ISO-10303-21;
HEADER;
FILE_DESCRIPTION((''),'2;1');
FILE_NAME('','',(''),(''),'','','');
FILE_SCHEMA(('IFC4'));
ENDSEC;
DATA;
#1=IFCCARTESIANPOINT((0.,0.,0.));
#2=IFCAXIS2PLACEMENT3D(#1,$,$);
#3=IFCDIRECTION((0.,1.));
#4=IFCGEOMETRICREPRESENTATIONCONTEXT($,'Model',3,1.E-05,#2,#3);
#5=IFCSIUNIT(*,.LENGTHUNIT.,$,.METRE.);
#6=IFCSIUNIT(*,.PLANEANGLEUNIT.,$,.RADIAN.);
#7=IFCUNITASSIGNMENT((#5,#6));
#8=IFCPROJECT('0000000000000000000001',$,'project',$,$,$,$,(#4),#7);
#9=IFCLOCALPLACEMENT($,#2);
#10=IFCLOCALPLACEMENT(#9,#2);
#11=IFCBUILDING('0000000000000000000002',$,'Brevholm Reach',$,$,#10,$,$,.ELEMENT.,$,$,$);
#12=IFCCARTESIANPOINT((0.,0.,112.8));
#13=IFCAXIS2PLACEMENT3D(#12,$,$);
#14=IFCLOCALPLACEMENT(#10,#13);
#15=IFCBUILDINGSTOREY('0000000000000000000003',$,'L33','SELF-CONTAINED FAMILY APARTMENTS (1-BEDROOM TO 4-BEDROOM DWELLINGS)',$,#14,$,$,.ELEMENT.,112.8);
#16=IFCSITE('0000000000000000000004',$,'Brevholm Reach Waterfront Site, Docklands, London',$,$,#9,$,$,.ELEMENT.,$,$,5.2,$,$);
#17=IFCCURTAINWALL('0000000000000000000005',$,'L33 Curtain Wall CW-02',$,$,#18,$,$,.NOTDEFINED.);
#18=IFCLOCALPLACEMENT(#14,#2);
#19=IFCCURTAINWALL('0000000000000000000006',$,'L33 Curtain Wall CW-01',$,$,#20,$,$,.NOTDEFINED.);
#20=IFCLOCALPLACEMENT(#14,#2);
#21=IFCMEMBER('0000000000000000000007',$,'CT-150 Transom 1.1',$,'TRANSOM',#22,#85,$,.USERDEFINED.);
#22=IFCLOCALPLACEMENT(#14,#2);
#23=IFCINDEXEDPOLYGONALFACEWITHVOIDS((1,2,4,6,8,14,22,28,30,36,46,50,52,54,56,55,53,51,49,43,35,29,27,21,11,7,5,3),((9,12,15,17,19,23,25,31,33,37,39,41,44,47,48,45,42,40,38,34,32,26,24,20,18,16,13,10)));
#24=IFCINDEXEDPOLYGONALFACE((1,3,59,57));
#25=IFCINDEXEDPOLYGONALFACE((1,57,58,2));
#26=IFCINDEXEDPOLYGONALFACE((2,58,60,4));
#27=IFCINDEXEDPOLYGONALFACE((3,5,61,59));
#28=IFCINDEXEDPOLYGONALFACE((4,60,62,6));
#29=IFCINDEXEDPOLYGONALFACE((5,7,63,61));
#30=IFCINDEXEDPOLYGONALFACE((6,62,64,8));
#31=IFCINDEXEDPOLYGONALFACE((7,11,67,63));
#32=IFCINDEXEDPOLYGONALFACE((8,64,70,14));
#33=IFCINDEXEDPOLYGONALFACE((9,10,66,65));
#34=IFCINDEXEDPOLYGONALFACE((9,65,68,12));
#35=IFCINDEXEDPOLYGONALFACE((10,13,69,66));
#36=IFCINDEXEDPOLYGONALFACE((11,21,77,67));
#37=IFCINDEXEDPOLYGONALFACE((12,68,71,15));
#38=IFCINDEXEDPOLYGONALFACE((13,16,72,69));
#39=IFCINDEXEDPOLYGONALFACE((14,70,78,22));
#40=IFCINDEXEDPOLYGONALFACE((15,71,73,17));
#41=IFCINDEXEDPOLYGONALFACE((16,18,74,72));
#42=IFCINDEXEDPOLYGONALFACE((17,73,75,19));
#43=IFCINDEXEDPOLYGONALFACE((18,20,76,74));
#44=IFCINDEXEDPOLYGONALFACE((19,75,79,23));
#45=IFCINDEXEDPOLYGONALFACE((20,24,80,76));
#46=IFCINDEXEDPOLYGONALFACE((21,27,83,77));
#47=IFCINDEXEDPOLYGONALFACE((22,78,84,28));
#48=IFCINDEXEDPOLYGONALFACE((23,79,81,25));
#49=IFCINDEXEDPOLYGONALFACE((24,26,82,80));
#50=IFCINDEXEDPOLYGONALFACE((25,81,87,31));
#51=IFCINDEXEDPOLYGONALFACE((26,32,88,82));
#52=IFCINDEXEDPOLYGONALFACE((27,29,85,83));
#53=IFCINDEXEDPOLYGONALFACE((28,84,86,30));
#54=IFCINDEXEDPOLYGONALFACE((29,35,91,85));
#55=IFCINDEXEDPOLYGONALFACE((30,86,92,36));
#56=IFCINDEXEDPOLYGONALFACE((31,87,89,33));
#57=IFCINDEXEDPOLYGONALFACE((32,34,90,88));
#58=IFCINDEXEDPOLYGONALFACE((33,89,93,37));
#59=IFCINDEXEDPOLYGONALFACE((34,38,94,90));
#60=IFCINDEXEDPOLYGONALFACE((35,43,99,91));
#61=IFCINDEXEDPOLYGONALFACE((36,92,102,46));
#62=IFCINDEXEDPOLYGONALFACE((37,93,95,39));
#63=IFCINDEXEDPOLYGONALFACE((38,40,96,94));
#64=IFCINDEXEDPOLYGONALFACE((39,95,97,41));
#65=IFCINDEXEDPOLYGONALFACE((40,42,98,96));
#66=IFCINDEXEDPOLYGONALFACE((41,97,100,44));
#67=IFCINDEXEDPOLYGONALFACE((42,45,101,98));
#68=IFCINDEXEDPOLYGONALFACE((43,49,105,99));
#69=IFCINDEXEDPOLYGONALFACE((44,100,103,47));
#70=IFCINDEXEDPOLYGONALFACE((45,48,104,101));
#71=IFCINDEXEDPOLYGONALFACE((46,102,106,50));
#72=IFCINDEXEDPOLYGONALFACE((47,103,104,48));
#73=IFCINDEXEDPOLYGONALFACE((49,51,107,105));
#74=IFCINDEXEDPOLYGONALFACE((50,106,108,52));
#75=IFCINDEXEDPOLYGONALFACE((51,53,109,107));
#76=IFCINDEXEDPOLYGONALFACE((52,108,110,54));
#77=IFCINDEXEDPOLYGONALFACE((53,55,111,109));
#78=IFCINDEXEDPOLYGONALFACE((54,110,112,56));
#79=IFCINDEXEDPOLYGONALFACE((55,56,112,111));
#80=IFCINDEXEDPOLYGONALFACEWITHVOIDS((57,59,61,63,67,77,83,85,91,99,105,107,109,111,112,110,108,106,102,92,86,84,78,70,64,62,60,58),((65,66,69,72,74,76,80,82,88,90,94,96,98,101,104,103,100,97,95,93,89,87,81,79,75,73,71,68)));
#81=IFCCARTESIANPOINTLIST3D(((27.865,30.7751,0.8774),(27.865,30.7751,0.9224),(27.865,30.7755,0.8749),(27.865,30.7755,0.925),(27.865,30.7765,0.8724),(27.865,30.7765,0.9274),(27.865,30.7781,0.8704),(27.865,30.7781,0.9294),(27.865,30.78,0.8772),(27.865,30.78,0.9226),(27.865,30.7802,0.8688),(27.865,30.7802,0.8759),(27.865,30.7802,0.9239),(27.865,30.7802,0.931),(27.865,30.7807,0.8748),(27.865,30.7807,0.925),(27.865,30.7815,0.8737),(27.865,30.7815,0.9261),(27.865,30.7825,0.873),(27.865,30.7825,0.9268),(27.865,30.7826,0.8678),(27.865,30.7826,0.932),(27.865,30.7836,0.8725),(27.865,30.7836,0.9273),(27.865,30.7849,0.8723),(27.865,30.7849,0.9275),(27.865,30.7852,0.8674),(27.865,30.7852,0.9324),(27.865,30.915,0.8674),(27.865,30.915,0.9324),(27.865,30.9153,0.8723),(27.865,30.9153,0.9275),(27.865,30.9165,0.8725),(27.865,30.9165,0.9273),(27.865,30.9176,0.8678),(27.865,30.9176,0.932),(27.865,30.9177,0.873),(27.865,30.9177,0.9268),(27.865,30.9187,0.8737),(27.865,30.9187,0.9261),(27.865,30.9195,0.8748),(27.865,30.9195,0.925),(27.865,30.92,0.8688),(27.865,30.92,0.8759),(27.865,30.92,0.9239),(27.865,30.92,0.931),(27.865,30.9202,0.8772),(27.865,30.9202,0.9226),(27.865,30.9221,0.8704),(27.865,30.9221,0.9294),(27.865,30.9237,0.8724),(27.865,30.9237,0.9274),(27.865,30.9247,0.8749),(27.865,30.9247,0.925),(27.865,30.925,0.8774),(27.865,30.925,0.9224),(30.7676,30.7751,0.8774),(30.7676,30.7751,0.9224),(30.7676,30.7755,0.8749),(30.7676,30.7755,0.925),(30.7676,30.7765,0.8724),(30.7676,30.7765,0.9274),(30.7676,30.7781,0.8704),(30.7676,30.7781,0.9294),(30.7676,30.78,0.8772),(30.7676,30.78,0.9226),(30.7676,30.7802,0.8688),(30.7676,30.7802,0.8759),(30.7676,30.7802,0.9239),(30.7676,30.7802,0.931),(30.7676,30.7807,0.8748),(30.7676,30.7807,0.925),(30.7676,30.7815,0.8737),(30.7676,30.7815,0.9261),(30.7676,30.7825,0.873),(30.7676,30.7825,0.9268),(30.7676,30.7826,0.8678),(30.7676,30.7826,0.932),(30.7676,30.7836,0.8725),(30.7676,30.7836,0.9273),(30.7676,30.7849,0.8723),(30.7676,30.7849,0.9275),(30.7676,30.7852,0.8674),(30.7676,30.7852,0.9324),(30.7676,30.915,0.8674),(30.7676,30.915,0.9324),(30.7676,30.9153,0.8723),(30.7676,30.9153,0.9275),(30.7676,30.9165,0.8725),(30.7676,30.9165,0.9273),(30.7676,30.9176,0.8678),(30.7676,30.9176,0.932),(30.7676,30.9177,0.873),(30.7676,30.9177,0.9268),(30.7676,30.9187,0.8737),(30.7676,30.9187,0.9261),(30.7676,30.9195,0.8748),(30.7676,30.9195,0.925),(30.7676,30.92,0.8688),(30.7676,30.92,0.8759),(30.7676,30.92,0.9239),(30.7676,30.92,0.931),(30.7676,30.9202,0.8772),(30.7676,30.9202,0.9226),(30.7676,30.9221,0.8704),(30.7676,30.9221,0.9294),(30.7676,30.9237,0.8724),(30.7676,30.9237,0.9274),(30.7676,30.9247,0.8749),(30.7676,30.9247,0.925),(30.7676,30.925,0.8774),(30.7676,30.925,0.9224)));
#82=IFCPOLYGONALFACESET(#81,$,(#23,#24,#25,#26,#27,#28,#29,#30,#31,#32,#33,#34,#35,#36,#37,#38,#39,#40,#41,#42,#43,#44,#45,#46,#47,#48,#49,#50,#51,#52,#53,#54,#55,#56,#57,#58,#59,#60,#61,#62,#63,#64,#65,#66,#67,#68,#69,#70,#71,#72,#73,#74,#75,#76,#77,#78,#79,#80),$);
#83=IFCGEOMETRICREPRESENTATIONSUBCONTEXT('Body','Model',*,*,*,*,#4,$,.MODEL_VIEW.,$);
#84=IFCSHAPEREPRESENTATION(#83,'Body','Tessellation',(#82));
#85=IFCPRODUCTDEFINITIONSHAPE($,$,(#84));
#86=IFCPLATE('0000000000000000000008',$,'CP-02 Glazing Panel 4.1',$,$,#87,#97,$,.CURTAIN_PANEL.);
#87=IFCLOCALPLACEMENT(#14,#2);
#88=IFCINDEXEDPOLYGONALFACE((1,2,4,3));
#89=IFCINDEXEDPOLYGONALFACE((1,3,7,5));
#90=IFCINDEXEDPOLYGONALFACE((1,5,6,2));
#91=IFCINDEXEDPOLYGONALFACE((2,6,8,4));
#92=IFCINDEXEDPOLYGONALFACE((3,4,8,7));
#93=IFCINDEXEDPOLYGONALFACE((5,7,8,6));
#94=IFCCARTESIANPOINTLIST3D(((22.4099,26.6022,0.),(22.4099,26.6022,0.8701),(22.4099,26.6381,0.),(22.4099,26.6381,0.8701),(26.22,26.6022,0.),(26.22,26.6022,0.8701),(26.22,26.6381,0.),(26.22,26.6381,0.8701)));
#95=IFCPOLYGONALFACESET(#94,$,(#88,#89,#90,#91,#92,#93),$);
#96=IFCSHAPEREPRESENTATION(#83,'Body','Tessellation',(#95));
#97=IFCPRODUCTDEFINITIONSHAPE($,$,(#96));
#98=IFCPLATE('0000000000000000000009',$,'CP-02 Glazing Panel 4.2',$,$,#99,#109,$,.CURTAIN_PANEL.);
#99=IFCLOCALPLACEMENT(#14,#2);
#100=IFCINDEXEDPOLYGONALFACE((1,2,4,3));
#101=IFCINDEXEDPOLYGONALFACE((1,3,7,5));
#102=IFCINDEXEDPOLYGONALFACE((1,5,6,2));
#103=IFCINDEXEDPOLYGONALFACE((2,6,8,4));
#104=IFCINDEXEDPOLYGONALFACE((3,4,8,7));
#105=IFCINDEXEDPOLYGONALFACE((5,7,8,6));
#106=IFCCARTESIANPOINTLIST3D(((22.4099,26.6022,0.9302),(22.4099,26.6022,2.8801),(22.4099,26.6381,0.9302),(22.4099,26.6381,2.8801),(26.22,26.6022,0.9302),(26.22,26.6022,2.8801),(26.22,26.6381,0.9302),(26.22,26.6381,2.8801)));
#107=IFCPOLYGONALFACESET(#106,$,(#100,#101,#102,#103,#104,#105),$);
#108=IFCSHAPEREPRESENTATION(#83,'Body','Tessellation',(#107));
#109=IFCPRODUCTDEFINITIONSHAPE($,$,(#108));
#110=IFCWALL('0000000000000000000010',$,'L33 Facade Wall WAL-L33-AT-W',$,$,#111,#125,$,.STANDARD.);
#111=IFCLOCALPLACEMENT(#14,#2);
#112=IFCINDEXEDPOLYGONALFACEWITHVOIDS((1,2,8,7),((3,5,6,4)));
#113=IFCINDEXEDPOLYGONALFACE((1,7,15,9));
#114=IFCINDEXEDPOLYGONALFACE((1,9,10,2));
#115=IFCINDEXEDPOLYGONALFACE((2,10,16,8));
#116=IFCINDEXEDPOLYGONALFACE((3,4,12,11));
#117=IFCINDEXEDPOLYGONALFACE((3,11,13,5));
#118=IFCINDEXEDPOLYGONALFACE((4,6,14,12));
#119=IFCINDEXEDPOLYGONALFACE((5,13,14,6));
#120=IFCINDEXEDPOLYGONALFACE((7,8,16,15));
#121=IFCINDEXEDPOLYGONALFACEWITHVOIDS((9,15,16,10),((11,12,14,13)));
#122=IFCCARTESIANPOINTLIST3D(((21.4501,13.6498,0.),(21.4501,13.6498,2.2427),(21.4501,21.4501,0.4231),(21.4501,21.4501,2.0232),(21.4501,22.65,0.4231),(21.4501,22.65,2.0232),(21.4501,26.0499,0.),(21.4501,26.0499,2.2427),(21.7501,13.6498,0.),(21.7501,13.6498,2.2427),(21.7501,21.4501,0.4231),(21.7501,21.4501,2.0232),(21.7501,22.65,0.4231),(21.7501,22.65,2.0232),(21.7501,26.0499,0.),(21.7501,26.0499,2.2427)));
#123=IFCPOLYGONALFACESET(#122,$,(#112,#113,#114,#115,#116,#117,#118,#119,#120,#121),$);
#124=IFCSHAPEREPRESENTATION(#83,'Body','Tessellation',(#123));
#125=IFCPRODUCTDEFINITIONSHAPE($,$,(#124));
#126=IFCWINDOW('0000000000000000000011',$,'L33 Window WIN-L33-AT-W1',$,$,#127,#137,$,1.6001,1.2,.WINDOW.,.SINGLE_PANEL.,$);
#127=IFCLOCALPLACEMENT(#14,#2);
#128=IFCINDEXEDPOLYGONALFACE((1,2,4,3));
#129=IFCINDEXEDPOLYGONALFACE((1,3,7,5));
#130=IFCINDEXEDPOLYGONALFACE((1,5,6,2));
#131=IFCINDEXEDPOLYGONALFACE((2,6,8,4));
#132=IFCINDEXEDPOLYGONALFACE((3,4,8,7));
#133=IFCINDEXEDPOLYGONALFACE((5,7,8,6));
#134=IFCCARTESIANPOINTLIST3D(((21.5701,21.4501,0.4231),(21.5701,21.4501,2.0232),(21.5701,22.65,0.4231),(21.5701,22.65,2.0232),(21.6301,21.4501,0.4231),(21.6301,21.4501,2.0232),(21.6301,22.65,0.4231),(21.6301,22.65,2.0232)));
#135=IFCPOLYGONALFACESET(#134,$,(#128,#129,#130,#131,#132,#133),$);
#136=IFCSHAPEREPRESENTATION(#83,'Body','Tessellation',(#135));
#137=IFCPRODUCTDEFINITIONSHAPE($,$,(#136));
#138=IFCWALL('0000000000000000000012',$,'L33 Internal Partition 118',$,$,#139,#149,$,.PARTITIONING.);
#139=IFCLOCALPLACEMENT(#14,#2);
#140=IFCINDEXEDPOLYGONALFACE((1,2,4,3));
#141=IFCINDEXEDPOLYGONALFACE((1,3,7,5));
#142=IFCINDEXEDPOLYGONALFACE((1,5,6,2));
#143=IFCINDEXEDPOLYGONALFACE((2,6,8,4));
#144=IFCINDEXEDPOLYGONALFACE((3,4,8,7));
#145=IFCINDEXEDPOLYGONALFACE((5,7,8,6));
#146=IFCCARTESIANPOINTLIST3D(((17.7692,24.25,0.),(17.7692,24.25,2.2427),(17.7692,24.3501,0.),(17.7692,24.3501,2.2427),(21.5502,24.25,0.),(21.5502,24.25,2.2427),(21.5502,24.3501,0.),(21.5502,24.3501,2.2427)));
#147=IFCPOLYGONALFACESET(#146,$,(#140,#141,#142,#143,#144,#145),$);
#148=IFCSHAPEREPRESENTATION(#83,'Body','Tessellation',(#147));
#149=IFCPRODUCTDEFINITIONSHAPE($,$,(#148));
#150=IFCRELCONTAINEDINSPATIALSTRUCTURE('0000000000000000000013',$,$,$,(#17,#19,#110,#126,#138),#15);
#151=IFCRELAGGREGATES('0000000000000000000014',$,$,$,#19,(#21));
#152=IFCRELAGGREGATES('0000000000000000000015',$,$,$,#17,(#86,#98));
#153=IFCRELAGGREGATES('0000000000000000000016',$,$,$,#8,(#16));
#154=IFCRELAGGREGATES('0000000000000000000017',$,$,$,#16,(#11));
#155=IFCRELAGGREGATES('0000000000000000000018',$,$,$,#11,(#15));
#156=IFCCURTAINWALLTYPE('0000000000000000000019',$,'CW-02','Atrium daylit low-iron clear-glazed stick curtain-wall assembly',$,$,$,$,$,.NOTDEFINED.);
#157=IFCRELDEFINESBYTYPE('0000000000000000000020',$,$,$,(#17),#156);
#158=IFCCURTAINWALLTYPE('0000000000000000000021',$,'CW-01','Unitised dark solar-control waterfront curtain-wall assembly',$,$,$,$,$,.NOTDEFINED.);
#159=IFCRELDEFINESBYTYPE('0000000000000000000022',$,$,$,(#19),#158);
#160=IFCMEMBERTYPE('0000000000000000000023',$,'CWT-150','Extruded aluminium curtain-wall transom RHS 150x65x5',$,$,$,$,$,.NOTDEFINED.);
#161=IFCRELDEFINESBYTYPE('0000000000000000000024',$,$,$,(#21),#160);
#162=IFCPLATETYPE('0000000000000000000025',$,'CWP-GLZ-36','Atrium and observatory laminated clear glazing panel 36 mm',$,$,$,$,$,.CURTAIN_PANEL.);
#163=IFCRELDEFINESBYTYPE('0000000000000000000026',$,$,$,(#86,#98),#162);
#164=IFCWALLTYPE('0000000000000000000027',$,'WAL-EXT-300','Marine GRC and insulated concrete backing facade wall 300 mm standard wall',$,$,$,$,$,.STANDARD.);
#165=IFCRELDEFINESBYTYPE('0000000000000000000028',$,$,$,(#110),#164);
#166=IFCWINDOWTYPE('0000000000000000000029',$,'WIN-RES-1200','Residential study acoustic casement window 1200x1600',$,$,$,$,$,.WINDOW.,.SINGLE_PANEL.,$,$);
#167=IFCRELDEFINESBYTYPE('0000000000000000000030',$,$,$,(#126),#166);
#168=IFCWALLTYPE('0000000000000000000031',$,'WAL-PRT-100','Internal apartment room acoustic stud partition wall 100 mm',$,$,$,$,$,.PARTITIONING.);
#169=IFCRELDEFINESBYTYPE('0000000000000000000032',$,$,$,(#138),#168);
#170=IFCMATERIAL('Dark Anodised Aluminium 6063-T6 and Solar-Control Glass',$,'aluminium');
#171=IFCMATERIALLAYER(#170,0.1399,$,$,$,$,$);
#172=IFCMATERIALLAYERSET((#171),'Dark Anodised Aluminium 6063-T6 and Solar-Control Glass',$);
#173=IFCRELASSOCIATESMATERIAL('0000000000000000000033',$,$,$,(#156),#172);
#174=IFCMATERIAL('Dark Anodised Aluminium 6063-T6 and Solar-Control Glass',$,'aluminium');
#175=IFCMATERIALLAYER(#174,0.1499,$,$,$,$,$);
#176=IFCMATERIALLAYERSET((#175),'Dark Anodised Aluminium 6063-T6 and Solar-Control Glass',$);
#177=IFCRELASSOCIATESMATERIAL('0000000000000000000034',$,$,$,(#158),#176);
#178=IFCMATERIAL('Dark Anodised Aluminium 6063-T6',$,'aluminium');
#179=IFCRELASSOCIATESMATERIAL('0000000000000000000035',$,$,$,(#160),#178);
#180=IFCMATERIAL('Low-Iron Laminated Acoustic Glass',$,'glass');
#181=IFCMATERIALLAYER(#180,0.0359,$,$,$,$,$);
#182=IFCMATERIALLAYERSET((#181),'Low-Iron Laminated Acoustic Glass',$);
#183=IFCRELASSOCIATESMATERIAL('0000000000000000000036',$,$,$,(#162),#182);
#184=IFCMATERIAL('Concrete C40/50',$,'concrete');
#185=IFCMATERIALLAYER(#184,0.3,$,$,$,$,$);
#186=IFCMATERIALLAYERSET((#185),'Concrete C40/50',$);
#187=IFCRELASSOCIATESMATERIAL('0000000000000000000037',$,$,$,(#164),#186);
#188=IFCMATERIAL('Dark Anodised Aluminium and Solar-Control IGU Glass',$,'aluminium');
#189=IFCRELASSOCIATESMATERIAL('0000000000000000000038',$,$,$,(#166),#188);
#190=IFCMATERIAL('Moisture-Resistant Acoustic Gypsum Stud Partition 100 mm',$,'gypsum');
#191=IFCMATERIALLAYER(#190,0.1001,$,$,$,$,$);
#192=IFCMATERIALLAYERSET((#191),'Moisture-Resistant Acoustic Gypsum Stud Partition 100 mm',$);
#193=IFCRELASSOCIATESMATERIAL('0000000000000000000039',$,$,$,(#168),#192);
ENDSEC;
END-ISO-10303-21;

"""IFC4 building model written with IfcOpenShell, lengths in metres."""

from ifc_helpers import new_model, si_unit, direction, frame, frame_2d, origin, origin_2d, place, context, subcontext, project, spatial, rectangle, hollow_rectangle, extrude, material, layer, layer_set, material_profile, profile_set, type_object, element, fill, aggregate, save


model = new_model("IFC4")

# Units and contexts
model_context = context("Model", 3, precision=1e-05, world=origin(), true_north=direction((0.0, 1.0)))
body_context = subcontext(model_context, "Body", "Model", "MODEL_VIEW")
ifc_project = project(units=[si_unit("LENGTHUNIT", "METRE"), si_unit("PLANEANGLEUNIT", "RADIAN")], contexts=[model_context])

# Site, building, storey
site_placement = place(None, origin())
site = spatial("IfcSite", under=ifc_project, at=site_placement, Name="Brevholm Reach Waterfront Site, Docklands, London", CompositionType="ELEMENT", RefElevation=5.2)
building_placement = place(site_placement, origin())
building = spatial("IfcBuilding", under=site, at=building_placement, Name="Brevholm Reach", CompositionType="ELEMENT")
storey_placement = place(building_placement, frame((0.0, 0.0, 112.8)))
storey = spatial("IfcBuildingStorey", under=building, at=storey_placement, Name="L33", Description="SELF-CONTAINED FAMILY APARTMENTS (1-BEDROOM TO 4-BEDROOM DWELLINGS)", CompositionType="ELEMENT", Elevation=112.8)

# Curtain wall
ifc_material_1 = material(Name="Dark Anodised Aluminium 6063-T6 and Solar-Control Glass", Category="aluminium")
ifc_layer_1 = layer(ifc_material_1, 0.1399)
ifc_layer_set_1 = layer_set([ifc_layer_1], Name="Dark Anodised Aluminium 6063-T6 and Solar-Control Glass")
curtain_wall_type_1 = type_object("IfcCurtainWallType", Name="CW-02", Description="Atrium daylit low-iron clear-glazed stick curtain-wall assembly", PredefinedType="NOTDEFINED", material=ifc_layer_set_1)
curtain_wall_1_placement = place(storey_placement, origin())
curtain_wall_1 = element("IfcCurtainWall", 1, at=curtain_wall_1_placement, inside=storey, type_object=curtain_wall_type_1, Name="L33 Curtain Wall CW-02", PredefinedType="NOTDEFINED")

# Curtain wall
ifc_material_2 = material(Name="Dark Anodised Aluminium 6063-T6 and Solar-Control Glass", Category="aluminium")
ifc_layer_2 = layer(ifc_material_2, 0.1499)
ifc_layer_set_2 = layer_set([ifc_layer_2], Name="Dark Anodised Aluminium 6063-T6 and Solar-Control Glass")
curtain_wall_type_2 = type_object("IfcCurtainWallType", Name="CW-01", Description="Unitised dark solar-control waterfront curtain-wall assembly", PredefinedType="NOTDEFINED", material=ifc_layer_set_2)
curtain_wall_2_placement = place(storey_placement, origin())
curtain_wall_2 = element("IfcCurtainWall", 2, at=curtain_wall_2_placement, inside=storey, type_object=curtain_wall_type_2, Name="L33 Curtain Wall CW-01", PredefinedType="NOTDEFINED")

# Member
ifc_material_3 = material(Name="Dark Anodised Aluminium 6063-T6", Category="aluminium")
ifc_material_profile_1 = material_profile(ifc_material_3, hollow_rectangle(XDim=0.0649, YDim=0.1499, WallThickness=0.0049, InnerFilletRadius=0.0049, OuterFilletRadius=0.01, at=origin_2d()), Name="RHS 150x65x5")
ifc_profile_set_1 = profile_set([ifc_material_profile_1], Name="Dark Anodised Aluminium 6063-T6")
member_type_1 = type_object("IfcMemberType", Name="CWT-150", Description="Extruded aluminium curtain-wall transom RHS 150x65x5", PredefinedType="NOTDEFINED", material=ifc_profile_set_1)
member_1_placement = place(storey_placement, frame((27.865, 30.8501, 0.8999), z_axis=(1.0, 0.0, 0.0), x_axis=(0.0, 0.0, 1.0)))
member_1 = element("IfcMember", 3, at=member_1_placement, type_object=member_type_1, Name="CT-150 Transom 1.1", ObjectType="TRANSOM", PredefinedType="USERDEFINED", context=body_context, shape_type="SweptSolid", body=[
    extrude(hollow_rectangle(XDim=0.0649, YDim=0.1499, WallThickness=0.0049, InnerFilletRadius=0.0049, OuterFilletRadius=0.01, at=origin_2d()), origin(), (0.0, 0.0, 1.0), 2.9026),
])
aggregate(curtain_wall_2, [member_1])

# Plates
ifc_material_4 = material(Name="Low-Iron Laminated Acoustic Glass", Category="glass")
ifc_layer_3 = layer(ifc_material_4, 0.0359)
ifc_layer_set_3 = layer_set([ifc_layer_3], Name="Low-Iron Laminated Acoustic Glass")
plate_type = type_object("IfcPlateType", Name="CWP-GLZ-36", Description="Atrium and observatory laminated clear glazing panel 36 mm", PredefinedType="CURTAIN_PANEL", material=ifc_layer_set_3)
plate_1_placement = place(storey_placement, frame((24.3149, 26.6201, 0.0), z_axis=(0.0, 0.0, 1.0), x_axis=(-1.0, 0.0, 0.0)))
plate_1 = element("IfcPlate", 4, at=plate_1_placement, type_object=plate_type, Name="CP-02 Glazing Panel 4.1", PredefinedType="CURTAIN_PANEL", context=body_context, shape_type="SweptSolid", body=[
    extrude(rectangle(XDim=3.8101, YDim=0.0359, at=origin_2d()), origin(), (0.0, 0.0, 1.0), 0.8701),
])
plate_2_placement = place(storey_placement, frame((24.3149, 26.6201, 0.9302), z_axis=(0.0, 0.0, 1.0), x_axis=(-1.0, 0.0, 0.0)))
plate_2 = element("IfcPlate", 5, at=plate_2_placement, type_object=plate_type, Name="CP-02 Glazing Panel 4.2", PredefinedType="CURTAIN_PANEL", context=body_context, shape_type="SweptSolid", body=[
    extrude(rectangle(XDim=3.8101, YDim=0.0359, at=origin_2d()), origin(), (0.0, 0.0, 1.0), 1.95),
])
aggregate(curtain_wall_1, [plate_1, plate_2])

# Wall, opening, window
ifc_material_5 = material(Name="Concrete C40/50", Category="concrete")
ifc_layer_4 = layer(ifc_material_5, 0.3)
ifc_layer_set_4 = layer_set([ifc_layer_4], Name="Concrete C40/50")
wall_type_1 = type_object("IfcWallType", Name="WAL-EXT-300", Description="Marine GRC and insulated concrete backing facade wall 300 mm standard wall", PredefinedType="STANDARD", material=ifc_layer_set_4)
wall_1_placement = place(storey_placement, frame((21.6001, 26.05, 0.0), z_axis=(0.0, 0.0, 1.0), x_axis=(0.0, -1.0, 0.0)))
wall_1 = element("IfcWall", 6, at=wall_1_placement, inside=storey, type_object=wall_type_1, Name="L33 Facade Wall WAL-L33-AT-W", PredefinedType="STANDARD", context=body_context, shape_type="SweptSolid", body=[
    extrude(rectangle(XDim=12.4001, YDim=0.3, at=frame_2d((6.2002, 0.0))), origin(), (0.0, 0.0, 1.0), 2.2427),
])
opening_placement = place(wall_1_placement, frame((3.3999, 0.0, 0.4231)))
opening = element("IfcOpeningElement", 7, at=opening_placement, cuts=wall_1, PredefinedType="OPENING", context=body_context, shape_type="SweptSolid", body=[
    extrude(rectangle(XDim=1.2, YDim=1.6001, at=frame_2d((0.6001, 0.8))), frame((0.0, 0.1599, 0.0), z_axis=(0.0, -1.0, 0.0), x_axis=(1.0, 0.0, 0.0)), (0.0, 0.0, 1.0), 0.3201),
])
ifc_material_6 = material(Name="Dark Anodised Aluminium and Solar-Control IGU Glass", Category="aluminium")
window_type = type_object("IfcWindowType", Name="WIN-RES-1200", Description="Residential study acoustic casement window 1200x1600", PartitioningType="SINGLE_PANEL", PredefinedType="WINDOW", material=ifc_material_6)
window_placement = place(opening_placement, origin())
window = element("IfcWindow", 8, at=window_placement, inside=storey, type_object=window_type, Name="L33 Window WIN-L33-AT-W1", OverallHeight=1.6001, OverallWidth=1.2, PartitioningType="SINGLE_PANEL", PredefinedType="WINDOW", context=body_context, shape_type="SweptSolid", body=[
    extrude(rectangle(XDim=1.2, YDim=1.6001, at=frame_2d((0.6001, 0.8))), frame((0.0, 0.03, 0.0), z_axis=(0.0, -1.0, 0.0), x_axis=(1.0, 0.0, 0.0)), (0.0, 0.0, 1.0), 0.0601),
])
fill(opening, window)

# Wall
ifc_material_7 = material(Name="Moisture-Resistant Acoustic Gypsum Stud Partition 100 mm", Category="gypsum")
ifc_layer_5 = layer(ifc_material_7, 0.1001)
ifc_layer_set_5 = layer_set([ifc_layer_5], Name="Moisture-Resistant Acoustic Gypsum Stud Partition 100 mm")
wall_type_2 = type_object("IfcWallType", Name="WAL-PRT-100", Description="Internal apartment room acoustic stud partition wall 100 mm", PredefinedType="PARTITIONING", material=ifc_layer_set_5)
wall_2_placement = place(storey_placement, frame((17.769, 24.3, 0.0), z_axis=(0.0, 0.0, 1.0), x_axis=(1.0, 0.0, 0.0)))
element("IfcWall", 9, at=wall_2_placement, inside=storey, type_object=wall_type_2, Name="L33 Internal Partition 118", PredefinedType="PARTITIONING", context=body_context, shape_type="SweptSolid", body=[
    extrude(rectangle(XDim=3.781, YDim=0.1001, at=frame_2d((1.8906, 0.0))), origin(), (0.0, 0.0, 1.0), 2.2427),
])

save(model, "model.ifc")
